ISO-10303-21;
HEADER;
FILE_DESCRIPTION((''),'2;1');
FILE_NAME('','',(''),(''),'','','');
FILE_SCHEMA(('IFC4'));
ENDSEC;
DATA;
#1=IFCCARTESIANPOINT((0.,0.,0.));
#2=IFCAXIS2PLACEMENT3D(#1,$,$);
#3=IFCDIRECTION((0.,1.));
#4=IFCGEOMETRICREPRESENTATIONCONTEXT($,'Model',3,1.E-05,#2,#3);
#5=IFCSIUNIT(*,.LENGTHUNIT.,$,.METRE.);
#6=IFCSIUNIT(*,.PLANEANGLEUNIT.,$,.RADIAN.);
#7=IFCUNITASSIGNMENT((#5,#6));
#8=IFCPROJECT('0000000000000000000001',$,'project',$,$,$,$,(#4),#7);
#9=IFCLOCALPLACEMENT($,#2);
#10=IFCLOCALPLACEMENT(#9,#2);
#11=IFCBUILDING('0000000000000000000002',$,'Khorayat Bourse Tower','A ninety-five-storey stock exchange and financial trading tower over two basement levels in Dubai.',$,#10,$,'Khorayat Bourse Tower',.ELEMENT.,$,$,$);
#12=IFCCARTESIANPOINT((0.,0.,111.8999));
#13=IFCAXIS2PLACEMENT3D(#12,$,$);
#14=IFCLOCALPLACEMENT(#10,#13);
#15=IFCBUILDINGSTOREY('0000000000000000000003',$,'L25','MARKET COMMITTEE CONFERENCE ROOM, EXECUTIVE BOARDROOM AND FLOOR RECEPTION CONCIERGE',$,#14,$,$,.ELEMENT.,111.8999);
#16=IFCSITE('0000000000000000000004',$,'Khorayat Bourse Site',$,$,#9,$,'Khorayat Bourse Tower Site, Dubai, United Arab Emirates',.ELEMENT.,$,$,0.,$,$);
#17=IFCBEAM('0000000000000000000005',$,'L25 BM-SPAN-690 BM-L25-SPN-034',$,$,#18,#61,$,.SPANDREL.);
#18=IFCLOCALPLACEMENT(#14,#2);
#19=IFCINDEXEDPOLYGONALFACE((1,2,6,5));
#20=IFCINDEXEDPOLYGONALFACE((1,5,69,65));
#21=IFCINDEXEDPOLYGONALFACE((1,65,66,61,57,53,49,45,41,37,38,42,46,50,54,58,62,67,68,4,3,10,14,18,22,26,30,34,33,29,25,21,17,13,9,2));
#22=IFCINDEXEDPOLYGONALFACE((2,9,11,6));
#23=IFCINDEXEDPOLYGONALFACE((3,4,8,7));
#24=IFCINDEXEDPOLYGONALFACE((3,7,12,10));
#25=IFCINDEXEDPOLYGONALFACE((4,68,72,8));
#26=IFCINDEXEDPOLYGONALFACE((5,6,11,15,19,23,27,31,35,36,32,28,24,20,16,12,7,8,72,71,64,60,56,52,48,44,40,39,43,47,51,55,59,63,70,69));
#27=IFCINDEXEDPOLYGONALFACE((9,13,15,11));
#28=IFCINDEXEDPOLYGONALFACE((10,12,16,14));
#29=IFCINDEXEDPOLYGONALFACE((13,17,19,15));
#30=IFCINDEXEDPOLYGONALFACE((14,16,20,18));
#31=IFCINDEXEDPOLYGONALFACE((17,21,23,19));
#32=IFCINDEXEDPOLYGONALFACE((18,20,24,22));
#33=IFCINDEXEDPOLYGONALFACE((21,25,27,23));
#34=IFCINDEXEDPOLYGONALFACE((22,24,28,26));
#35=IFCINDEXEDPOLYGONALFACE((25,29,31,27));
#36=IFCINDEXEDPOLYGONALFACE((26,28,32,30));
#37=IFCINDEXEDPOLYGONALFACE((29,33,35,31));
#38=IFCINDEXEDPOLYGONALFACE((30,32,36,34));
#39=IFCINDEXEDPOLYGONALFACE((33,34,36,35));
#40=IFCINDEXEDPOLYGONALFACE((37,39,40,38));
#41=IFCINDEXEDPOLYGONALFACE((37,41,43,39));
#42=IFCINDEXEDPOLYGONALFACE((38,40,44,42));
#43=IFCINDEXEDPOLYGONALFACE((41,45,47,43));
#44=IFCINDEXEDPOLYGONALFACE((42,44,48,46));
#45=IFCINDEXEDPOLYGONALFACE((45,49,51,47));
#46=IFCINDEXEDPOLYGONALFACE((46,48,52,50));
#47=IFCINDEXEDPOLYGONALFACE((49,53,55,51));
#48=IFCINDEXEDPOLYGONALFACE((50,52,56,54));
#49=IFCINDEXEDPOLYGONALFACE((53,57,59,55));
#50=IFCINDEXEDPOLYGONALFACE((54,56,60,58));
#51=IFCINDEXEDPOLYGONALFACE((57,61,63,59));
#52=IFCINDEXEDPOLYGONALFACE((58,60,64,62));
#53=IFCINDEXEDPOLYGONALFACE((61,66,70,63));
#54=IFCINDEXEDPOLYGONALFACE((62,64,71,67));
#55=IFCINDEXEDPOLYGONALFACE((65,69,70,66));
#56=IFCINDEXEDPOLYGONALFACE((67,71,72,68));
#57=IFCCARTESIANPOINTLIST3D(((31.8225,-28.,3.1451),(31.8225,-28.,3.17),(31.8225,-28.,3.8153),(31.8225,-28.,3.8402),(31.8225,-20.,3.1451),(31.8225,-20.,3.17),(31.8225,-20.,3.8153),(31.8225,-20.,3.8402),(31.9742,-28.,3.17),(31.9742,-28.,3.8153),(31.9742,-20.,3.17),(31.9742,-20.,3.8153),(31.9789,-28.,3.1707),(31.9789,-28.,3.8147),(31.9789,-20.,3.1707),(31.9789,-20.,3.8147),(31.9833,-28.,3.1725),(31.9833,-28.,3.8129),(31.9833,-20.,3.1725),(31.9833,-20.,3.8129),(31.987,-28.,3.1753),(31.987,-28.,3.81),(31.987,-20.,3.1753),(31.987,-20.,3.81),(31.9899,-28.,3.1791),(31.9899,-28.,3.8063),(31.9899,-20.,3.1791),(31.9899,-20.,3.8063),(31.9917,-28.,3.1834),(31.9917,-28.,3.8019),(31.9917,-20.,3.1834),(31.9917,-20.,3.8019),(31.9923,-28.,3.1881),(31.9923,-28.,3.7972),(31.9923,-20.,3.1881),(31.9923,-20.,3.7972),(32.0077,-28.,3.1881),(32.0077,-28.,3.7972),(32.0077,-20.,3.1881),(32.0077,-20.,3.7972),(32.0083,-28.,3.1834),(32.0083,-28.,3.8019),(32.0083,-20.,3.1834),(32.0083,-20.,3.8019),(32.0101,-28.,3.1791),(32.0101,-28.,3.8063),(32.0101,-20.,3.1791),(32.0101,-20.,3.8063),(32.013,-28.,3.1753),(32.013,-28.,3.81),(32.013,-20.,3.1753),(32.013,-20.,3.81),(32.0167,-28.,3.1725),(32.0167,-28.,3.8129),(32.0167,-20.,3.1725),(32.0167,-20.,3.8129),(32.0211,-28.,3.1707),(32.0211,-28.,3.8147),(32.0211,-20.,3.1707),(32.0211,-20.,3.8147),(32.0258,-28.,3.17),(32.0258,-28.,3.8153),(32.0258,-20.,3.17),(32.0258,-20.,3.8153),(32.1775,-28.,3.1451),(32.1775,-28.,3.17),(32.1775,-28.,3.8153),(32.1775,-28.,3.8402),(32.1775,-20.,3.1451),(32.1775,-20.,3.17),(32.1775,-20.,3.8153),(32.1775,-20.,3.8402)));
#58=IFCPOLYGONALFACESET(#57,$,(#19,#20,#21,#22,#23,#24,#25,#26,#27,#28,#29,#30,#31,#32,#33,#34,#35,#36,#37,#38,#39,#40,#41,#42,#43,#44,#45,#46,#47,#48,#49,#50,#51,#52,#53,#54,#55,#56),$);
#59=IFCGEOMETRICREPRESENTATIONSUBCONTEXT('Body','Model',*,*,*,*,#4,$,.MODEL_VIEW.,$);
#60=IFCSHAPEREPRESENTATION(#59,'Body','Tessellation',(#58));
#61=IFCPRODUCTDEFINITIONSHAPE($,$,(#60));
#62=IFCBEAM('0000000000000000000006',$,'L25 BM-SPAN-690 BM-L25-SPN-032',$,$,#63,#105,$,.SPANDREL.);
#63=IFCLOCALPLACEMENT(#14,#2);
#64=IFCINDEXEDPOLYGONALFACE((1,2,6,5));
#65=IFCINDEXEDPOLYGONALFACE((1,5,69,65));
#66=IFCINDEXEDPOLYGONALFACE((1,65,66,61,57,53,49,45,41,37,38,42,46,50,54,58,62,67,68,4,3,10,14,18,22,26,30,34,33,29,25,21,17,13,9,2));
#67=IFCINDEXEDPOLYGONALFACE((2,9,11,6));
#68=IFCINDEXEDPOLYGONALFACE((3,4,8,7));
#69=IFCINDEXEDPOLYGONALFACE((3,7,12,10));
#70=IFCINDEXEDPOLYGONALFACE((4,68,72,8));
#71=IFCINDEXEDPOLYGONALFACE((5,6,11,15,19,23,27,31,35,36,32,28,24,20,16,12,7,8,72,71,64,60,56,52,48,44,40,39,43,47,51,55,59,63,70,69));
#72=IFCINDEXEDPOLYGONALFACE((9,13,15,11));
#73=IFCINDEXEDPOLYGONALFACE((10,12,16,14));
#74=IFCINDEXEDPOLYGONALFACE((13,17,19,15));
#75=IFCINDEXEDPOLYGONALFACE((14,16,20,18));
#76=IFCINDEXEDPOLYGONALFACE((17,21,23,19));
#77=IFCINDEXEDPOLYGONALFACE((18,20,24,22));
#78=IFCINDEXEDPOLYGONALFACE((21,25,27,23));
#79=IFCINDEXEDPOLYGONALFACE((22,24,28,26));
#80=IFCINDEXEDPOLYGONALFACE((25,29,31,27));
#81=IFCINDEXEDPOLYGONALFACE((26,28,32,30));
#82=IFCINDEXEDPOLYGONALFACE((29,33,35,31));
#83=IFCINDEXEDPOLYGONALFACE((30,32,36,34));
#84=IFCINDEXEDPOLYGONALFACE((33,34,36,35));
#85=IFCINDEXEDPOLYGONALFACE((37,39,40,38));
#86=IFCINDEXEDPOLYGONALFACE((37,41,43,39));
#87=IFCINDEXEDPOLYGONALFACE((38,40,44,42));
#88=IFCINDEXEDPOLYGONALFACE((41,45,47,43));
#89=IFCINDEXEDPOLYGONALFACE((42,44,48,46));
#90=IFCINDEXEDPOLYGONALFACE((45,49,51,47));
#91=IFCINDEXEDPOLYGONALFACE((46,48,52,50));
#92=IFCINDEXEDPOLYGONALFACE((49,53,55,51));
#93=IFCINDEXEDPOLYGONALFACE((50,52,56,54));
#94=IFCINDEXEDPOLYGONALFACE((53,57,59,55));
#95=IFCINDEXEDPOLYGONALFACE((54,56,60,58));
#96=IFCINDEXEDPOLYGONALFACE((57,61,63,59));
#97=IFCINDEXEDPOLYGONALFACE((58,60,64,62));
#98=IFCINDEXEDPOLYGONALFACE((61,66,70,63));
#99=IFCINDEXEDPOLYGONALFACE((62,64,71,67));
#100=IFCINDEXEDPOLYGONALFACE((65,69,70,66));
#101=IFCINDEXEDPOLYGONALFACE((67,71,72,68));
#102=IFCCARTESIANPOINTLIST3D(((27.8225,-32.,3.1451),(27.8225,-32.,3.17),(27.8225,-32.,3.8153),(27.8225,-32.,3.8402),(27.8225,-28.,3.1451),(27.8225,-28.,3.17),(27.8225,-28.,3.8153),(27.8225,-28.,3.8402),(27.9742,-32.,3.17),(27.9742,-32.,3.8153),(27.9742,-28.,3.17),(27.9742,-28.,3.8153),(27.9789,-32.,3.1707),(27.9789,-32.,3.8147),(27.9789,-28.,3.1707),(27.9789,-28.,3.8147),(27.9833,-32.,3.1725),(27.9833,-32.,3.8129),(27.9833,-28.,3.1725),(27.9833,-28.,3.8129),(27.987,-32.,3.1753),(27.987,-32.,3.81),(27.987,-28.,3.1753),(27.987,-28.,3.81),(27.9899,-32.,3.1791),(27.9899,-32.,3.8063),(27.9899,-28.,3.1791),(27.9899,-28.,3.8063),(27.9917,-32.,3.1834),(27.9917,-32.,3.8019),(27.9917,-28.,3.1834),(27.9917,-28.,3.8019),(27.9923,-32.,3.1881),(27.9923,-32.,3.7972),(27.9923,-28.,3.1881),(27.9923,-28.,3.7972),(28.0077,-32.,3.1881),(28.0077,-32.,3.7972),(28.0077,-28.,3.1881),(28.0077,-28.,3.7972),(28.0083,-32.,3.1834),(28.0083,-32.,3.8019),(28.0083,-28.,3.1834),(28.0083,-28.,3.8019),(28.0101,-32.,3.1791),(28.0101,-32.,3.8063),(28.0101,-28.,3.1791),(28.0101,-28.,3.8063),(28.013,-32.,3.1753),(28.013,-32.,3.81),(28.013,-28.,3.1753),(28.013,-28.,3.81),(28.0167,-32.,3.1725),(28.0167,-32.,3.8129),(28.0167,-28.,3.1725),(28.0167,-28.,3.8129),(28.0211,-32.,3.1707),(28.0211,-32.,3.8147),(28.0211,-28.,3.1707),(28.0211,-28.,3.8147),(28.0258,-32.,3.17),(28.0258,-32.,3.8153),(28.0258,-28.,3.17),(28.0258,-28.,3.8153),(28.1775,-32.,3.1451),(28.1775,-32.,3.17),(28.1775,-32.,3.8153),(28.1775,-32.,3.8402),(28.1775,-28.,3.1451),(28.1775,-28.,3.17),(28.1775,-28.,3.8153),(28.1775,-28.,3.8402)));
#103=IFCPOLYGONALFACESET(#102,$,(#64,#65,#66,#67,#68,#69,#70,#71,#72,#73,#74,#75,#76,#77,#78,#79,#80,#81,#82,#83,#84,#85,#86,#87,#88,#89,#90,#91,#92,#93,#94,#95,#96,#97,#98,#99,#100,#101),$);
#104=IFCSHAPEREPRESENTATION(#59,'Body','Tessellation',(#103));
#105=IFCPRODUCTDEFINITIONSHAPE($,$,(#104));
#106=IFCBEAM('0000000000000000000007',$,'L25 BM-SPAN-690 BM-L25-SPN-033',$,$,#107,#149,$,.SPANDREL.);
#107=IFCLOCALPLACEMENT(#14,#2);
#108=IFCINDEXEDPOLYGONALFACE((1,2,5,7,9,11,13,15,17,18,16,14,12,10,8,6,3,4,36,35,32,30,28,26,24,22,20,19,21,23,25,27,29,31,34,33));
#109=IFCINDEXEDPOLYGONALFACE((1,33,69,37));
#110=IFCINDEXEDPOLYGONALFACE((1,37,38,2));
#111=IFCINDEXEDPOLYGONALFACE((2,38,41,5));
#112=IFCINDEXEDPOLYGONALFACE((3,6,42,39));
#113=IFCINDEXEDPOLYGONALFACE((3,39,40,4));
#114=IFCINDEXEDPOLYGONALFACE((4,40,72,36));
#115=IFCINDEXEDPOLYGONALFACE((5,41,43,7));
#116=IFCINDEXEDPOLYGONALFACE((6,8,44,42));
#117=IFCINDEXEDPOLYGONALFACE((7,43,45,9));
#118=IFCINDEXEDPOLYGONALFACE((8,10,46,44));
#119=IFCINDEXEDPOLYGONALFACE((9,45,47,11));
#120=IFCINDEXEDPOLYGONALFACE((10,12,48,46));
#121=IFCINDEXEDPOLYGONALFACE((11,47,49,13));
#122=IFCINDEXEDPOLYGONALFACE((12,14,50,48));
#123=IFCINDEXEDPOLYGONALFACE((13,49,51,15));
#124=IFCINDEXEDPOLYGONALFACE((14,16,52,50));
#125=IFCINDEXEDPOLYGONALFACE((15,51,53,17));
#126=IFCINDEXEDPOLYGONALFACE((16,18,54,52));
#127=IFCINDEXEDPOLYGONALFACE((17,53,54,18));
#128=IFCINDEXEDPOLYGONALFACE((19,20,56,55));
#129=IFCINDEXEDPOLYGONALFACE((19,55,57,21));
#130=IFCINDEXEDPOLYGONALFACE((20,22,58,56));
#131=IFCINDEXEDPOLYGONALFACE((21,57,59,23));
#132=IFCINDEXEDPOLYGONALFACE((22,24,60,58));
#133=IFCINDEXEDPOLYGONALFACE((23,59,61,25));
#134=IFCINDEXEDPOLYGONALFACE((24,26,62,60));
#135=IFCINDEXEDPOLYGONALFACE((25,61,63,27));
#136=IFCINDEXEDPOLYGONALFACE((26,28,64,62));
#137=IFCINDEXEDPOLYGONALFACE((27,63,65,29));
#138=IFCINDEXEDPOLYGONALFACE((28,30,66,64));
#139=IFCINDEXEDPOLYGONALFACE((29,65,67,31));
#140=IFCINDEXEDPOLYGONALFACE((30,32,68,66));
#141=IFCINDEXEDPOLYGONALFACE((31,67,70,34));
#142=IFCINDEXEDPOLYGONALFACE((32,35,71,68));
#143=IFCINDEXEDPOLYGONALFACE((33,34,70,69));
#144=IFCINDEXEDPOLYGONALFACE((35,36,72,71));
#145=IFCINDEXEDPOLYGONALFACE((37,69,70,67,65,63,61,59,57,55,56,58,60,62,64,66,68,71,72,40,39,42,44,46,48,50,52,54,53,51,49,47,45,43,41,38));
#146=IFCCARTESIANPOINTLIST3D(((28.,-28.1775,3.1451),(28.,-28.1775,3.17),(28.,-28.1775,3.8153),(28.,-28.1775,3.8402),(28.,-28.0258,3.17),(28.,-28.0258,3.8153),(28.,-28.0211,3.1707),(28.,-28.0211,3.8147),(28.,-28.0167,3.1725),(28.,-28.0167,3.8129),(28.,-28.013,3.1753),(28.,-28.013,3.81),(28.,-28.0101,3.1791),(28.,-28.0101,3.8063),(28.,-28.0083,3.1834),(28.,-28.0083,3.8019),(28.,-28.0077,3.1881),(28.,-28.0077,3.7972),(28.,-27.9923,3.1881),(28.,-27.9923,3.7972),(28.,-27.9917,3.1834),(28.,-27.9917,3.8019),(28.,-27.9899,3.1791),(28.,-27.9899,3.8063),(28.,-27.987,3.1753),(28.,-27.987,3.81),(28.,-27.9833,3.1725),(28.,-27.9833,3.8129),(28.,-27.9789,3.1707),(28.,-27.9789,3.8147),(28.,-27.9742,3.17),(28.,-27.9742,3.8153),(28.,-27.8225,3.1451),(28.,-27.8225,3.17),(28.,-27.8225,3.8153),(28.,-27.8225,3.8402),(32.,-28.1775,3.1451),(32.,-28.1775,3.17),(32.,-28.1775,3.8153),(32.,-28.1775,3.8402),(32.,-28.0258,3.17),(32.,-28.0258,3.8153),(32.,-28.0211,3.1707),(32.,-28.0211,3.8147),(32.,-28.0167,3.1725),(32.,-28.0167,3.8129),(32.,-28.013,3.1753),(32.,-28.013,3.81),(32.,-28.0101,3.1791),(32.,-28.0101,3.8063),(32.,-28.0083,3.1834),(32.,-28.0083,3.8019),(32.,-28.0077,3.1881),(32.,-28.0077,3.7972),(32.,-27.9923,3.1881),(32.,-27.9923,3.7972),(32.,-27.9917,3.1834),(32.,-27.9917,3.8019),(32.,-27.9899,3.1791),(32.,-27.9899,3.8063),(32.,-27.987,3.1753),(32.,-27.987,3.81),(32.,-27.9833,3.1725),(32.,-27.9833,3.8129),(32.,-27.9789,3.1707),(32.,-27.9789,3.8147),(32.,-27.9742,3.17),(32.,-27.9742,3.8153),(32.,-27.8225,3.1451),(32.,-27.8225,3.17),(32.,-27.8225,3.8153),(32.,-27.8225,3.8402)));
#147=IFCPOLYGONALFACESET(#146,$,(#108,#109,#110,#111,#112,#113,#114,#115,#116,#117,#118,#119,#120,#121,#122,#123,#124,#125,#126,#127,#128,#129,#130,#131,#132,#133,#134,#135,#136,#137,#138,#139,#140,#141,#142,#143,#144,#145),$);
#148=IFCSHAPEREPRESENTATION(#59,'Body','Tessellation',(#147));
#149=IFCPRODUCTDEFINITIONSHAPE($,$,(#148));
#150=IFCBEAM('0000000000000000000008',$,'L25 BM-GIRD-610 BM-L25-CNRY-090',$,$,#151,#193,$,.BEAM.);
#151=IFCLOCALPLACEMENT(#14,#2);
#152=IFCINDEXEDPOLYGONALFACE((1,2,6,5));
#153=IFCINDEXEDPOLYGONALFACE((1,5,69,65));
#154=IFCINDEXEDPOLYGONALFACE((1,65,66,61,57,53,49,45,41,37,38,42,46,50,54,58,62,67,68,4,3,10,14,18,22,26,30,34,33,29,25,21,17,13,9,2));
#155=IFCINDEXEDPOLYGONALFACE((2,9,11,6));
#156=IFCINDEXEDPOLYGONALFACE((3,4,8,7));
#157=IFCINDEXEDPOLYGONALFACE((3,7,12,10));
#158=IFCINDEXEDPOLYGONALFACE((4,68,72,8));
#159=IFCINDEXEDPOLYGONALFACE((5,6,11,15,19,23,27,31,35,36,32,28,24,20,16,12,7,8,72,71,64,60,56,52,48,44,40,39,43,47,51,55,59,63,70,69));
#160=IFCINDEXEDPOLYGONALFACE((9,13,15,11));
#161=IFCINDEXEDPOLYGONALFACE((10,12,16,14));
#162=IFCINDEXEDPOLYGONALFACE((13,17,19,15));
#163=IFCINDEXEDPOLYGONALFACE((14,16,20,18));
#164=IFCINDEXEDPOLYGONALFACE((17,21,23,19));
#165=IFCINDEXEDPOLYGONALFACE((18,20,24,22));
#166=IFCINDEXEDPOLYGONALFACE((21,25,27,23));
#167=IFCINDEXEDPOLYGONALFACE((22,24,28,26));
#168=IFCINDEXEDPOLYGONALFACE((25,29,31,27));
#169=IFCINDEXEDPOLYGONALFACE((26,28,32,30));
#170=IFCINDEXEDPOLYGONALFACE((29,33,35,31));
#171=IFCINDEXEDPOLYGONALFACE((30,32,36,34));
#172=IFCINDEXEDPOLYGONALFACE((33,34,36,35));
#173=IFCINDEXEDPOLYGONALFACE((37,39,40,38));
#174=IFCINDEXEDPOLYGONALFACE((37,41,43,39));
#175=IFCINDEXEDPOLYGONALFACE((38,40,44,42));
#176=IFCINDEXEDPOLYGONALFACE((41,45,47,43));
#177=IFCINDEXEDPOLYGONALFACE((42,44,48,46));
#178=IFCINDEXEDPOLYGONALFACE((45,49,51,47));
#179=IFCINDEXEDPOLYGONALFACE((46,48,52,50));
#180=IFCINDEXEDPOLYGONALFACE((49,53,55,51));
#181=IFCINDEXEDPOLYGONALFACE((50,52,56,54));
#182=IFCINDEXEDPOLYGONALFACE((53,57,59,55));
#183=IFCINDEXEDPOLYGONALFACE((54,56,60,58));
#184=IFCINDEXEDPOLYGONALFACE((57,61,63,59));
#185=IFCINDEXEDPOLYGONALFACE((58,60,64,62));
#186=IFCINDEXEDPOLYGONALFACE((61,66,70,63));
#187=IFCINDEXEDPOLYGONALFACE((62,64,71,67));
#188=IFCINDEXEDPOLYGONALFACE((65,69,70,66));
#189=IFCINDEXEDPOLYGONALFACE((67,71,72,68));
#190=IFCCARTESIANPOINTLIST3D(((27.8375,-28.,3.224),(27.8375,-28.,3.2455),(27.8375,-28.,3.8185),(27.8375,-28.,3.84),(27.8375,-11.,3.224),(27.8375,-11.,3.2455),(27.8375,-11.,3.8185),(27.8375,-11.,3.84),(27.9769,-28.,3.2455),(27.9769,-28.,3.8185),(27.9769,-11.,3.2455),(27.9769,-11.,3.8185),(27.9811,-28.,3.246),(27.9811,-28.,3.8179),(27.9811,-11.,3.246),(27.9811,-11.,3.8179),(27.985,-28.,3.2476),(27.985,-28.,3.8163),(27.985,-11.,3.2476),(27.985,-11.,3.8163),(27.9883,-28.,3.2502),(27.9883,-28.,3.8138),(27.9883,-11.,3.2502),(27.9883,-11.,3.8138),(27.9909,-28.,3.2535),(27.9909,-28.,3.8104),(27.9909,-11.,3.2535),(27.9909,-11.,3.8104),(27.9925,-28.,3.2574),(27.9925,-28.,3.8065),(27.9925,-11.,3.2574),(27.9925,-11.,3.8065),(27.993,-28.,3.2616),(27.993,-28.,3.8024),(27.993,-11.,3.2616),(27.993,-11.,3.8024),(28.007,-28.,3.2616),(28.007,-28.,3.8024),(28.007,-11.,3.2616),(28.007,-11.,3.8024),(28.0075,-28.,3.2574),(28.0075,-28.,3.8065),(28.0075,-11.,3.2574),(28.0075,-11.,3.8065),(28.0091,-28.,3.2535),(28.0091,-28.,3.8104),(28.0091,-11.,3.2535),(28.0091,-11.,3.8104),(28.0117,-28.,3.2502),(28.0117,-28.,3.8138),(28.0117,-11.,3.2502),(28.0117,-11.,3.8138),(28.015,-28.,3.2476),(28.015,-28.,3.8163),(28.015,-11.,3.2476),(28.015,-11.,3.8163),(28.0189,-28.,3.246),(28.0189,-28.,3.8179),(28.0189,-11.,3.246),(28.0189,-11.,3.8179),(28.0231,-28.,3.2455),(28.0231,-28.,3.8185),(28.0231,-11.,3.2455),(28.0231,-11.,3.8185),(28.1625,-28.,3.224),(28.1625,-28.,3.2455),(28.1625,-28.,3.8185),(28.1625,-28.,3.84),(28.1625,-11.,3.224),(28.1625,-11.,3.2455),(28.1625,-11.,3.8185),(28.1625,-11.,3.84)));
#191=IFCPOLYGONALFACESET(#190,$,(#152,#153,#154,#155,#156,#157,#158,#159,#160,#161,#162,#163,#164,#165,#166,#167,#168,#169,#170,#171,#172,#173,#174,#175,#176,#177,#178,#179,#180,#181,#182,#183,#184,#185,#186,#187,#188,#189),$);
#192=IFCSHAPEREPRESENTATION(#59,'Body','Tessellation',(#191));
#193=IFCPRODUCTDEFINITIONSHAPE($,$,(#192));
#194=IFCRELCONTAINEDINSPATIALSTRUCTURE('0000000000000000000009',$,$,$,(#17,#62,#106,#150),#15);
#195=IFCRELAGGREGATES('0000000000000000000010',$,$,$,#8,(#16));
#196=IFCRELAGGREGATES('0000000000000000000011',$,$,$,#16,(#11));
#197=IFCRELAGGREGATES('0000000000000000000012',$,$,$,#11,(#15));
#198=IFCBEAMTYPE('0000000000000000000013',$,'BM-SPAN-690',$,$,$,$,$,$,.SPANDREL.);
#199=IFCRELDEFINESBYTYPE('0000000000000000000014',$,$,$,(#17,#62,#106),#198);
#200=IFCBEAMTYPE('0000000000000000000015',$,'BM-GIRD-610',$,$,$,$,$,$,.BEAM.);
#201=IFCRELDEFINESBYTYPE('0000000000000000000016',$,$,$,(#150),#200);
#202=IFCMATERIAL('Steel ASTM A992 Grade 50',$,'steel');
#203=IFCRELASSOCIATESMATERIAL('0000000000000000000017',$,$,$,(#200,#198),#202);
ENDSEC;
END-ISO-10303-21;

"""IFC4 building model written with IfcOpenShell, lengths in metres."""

from ifc_helpers import new_model, si_unit, direction, frame, origin, origin_2d, place, context, subcontext, project, spatial, i_section, extrude, source, transform, mapped, material, material_profile, profile_set, type_object, element, save


model = new_model("IFC4")

# Units and contexts
model_context = context("Model", 3, precision=1e-05, world=origin(), true_north=direction((0.0, 1.0)))
body_context = subcontext(model_context, "Body", "Model", "MODEL_VIEW")
ifc_project = project(units=[si_unit("LENGTHUNIT", "METRE"), si_unit("PLANEANGLEUNIT", "RADIAN")], contexts=[model_context])

# Site, building, storey
site_placement = place(None, origin())
site = spatial("IfcSite", under=ifc_project, at=site_placement, Name="Khorayat Bourse Site", LongName="Khorayat Bourse Tower Site, Dubai, United Arab Emirates", CompositionType="ELEMENT", RefElevation=0.0)
building_placement = place(site_placement, origin())
building = spatial("IfcBuilding", under=site, at=building_placement, Name="Khorayat Bourse Tower", Description="A ninety-five-storey stock exchange and financial trading tower over two basement levels in Dubai.", LongName="Khorayat Bourse Tower", CompositionType="ELEMENT")
storey_placement = place(building_placement, frame((0.0, 0.0, 111.8999)))
storey = spatial("IfcBuildingStorey", under=building, at=storey_placement, Name="L25", Description="MARKET COMMITTEE CONFERENCE ROOM, EXECUTIVE BOARDROOM AND FLOOR RECEPTION CONCIERGE", CompositionType="ELEMENT", Elevation=111.8999)

# Beams
ifc_material_1 = material(Name="Steel ASTM A992 Grade 50", Category="steel")
ifc_material_profile_1 = material_profile(ifc_material_1, i_section(OverallWidth=0.325, OverallDepth=0.616, WebThickness=0.0139, FlangeThickness=0.0215, FilletRadius=0.0161, at=origin_2d()), Name="W610X174")
ifc_profile_set_1 = profile_set([ifc_material_profile_1], Name="Steel ASTM A992 Grade 50")
beam_type_1 = type_object("IfcBeamType", Name="BM-GIRD-610", PredefinedType="BEAM", material=ifc_profile_set_1)
ifc_material_profile_2 = material_profile(ifc_material_1, i_section(OverallWidth=0.355, OverallDepth=0.6951, WebThickness=0.0154, FlangeThickness=0.0249, FilletRadius=0.0181, at=origin_2d()), Name="W690X217")
ifc_profile_set_2 = profile_set([ifc_material_profile_2], Name="Steel ASTM A992 Grade 50")
beam_type_2 = type_object("IfcBeamType", Name="BM-SPAN-690", PredefinedType="SPANDREL", material=ifc_profile_set_2)
shared_shape_1 = source(origin(), body_context, "Body", "SweptSolid", [
    extrude(i_section(OverallWidth=0.355, OverallDepth=0.6951, WebThickness=0.0154, FlangeThickness=0.0249, FilletRadius=0.0181, at=origin_2d()), origin(), (0.0, 0.0, 1.0), 8.0),
])
for number, where, z_axis, x_axis, name in (
    (1, (32.0, -28.0, 3.4927), (0.0, 1.0, 0.0), (-1.0, 0.0, 0.0), "L25 BM-SPAN-690 BM-L25-SPN-034"),
):
    element("IfcBeam", number, at=place(storey_placement, frame(where, z_axis=z_axis, x_axis=x_axis)), inside=storey, type_object=beam_type_2, Name=name, PredefinedType="SPANDREL", context=body_context, shape_type="MappedRepresentation", body=[
        mapped(shared_shape_1, transform((0.0, 0.0, 0.0), scale=1.0)),
    ])
shared_shape_2 = source(origin(), body_context, "Body", "SweptSolid", [
    extrude(i_section(OverallWidth=0.355, OverallDepth=0.6951, WebThickness=0.0154, FlangeThickness=0.0249, FilletRadius=0.0181, at=origin_2d()), origin(), (0.0, 0.0, 1.0), 4.0),
])
for number, where, z_axis, x_axis, name in (
    (2, (28.0, -32.0, 3.4927), (0.0, 1.0, 0.0), (-1.0, 0.0, 0.0), "L25 BM-SPAN-690 BM-L25-SPN-032"),
    (3, (28.0, -28.0, 3.4927), (1.0, 0.0, 0.0), (0.0, 1.0, 0.0), "L25 BM-SPAN-690 BM-L25-SPN-033"),
):
    element("IfcBeam", number, at=place(storey_placement, frame(where, z_axis=z_axis, x_axis=x_axis)), inside=storey, type_object=beam_type_2, Name=name, PredefinedType="SPANDREL", context=body_context, shape_type="MappedRepresentation", body=[
        mapped(shared_shape_2, transform((0.0, 0.0, 0.0), scale=1.0)),
    ])
shared_shape_3 = source(origin(), body_context, "Body", "SweptSolid", [
    extrude(i_section(OverallWidth=0.325, OverallDepth=0.616, WebThickness=0.0139, FlangeThickness=0.0215, FilletRadius=0.0161, at=origin_2d()), origin(), (0.0, 0.0, 1.0), 17.0),
])
beam_1_placement = place(storey_placement, frame((28.0, -28.0, 3.532), z_axis=(0.0, 1.0, 0.0), x_axis=(-1.0, 0.0, 0.0)))
element("IfcBeam", 4, at=beam_1_placement, inside=storey, type_object=beam_type_1, Name="L25 BM-GIRD-610 BM-L25-CNRY-090", PredefinedType="BEAM", context=body_context, shape_type="MappedRepresentation", body=[
    mapped(shared_shape_3, transform((0.0, 0.0, 0.0), scale=1.0)),
])

save(model, "model.ifc")
